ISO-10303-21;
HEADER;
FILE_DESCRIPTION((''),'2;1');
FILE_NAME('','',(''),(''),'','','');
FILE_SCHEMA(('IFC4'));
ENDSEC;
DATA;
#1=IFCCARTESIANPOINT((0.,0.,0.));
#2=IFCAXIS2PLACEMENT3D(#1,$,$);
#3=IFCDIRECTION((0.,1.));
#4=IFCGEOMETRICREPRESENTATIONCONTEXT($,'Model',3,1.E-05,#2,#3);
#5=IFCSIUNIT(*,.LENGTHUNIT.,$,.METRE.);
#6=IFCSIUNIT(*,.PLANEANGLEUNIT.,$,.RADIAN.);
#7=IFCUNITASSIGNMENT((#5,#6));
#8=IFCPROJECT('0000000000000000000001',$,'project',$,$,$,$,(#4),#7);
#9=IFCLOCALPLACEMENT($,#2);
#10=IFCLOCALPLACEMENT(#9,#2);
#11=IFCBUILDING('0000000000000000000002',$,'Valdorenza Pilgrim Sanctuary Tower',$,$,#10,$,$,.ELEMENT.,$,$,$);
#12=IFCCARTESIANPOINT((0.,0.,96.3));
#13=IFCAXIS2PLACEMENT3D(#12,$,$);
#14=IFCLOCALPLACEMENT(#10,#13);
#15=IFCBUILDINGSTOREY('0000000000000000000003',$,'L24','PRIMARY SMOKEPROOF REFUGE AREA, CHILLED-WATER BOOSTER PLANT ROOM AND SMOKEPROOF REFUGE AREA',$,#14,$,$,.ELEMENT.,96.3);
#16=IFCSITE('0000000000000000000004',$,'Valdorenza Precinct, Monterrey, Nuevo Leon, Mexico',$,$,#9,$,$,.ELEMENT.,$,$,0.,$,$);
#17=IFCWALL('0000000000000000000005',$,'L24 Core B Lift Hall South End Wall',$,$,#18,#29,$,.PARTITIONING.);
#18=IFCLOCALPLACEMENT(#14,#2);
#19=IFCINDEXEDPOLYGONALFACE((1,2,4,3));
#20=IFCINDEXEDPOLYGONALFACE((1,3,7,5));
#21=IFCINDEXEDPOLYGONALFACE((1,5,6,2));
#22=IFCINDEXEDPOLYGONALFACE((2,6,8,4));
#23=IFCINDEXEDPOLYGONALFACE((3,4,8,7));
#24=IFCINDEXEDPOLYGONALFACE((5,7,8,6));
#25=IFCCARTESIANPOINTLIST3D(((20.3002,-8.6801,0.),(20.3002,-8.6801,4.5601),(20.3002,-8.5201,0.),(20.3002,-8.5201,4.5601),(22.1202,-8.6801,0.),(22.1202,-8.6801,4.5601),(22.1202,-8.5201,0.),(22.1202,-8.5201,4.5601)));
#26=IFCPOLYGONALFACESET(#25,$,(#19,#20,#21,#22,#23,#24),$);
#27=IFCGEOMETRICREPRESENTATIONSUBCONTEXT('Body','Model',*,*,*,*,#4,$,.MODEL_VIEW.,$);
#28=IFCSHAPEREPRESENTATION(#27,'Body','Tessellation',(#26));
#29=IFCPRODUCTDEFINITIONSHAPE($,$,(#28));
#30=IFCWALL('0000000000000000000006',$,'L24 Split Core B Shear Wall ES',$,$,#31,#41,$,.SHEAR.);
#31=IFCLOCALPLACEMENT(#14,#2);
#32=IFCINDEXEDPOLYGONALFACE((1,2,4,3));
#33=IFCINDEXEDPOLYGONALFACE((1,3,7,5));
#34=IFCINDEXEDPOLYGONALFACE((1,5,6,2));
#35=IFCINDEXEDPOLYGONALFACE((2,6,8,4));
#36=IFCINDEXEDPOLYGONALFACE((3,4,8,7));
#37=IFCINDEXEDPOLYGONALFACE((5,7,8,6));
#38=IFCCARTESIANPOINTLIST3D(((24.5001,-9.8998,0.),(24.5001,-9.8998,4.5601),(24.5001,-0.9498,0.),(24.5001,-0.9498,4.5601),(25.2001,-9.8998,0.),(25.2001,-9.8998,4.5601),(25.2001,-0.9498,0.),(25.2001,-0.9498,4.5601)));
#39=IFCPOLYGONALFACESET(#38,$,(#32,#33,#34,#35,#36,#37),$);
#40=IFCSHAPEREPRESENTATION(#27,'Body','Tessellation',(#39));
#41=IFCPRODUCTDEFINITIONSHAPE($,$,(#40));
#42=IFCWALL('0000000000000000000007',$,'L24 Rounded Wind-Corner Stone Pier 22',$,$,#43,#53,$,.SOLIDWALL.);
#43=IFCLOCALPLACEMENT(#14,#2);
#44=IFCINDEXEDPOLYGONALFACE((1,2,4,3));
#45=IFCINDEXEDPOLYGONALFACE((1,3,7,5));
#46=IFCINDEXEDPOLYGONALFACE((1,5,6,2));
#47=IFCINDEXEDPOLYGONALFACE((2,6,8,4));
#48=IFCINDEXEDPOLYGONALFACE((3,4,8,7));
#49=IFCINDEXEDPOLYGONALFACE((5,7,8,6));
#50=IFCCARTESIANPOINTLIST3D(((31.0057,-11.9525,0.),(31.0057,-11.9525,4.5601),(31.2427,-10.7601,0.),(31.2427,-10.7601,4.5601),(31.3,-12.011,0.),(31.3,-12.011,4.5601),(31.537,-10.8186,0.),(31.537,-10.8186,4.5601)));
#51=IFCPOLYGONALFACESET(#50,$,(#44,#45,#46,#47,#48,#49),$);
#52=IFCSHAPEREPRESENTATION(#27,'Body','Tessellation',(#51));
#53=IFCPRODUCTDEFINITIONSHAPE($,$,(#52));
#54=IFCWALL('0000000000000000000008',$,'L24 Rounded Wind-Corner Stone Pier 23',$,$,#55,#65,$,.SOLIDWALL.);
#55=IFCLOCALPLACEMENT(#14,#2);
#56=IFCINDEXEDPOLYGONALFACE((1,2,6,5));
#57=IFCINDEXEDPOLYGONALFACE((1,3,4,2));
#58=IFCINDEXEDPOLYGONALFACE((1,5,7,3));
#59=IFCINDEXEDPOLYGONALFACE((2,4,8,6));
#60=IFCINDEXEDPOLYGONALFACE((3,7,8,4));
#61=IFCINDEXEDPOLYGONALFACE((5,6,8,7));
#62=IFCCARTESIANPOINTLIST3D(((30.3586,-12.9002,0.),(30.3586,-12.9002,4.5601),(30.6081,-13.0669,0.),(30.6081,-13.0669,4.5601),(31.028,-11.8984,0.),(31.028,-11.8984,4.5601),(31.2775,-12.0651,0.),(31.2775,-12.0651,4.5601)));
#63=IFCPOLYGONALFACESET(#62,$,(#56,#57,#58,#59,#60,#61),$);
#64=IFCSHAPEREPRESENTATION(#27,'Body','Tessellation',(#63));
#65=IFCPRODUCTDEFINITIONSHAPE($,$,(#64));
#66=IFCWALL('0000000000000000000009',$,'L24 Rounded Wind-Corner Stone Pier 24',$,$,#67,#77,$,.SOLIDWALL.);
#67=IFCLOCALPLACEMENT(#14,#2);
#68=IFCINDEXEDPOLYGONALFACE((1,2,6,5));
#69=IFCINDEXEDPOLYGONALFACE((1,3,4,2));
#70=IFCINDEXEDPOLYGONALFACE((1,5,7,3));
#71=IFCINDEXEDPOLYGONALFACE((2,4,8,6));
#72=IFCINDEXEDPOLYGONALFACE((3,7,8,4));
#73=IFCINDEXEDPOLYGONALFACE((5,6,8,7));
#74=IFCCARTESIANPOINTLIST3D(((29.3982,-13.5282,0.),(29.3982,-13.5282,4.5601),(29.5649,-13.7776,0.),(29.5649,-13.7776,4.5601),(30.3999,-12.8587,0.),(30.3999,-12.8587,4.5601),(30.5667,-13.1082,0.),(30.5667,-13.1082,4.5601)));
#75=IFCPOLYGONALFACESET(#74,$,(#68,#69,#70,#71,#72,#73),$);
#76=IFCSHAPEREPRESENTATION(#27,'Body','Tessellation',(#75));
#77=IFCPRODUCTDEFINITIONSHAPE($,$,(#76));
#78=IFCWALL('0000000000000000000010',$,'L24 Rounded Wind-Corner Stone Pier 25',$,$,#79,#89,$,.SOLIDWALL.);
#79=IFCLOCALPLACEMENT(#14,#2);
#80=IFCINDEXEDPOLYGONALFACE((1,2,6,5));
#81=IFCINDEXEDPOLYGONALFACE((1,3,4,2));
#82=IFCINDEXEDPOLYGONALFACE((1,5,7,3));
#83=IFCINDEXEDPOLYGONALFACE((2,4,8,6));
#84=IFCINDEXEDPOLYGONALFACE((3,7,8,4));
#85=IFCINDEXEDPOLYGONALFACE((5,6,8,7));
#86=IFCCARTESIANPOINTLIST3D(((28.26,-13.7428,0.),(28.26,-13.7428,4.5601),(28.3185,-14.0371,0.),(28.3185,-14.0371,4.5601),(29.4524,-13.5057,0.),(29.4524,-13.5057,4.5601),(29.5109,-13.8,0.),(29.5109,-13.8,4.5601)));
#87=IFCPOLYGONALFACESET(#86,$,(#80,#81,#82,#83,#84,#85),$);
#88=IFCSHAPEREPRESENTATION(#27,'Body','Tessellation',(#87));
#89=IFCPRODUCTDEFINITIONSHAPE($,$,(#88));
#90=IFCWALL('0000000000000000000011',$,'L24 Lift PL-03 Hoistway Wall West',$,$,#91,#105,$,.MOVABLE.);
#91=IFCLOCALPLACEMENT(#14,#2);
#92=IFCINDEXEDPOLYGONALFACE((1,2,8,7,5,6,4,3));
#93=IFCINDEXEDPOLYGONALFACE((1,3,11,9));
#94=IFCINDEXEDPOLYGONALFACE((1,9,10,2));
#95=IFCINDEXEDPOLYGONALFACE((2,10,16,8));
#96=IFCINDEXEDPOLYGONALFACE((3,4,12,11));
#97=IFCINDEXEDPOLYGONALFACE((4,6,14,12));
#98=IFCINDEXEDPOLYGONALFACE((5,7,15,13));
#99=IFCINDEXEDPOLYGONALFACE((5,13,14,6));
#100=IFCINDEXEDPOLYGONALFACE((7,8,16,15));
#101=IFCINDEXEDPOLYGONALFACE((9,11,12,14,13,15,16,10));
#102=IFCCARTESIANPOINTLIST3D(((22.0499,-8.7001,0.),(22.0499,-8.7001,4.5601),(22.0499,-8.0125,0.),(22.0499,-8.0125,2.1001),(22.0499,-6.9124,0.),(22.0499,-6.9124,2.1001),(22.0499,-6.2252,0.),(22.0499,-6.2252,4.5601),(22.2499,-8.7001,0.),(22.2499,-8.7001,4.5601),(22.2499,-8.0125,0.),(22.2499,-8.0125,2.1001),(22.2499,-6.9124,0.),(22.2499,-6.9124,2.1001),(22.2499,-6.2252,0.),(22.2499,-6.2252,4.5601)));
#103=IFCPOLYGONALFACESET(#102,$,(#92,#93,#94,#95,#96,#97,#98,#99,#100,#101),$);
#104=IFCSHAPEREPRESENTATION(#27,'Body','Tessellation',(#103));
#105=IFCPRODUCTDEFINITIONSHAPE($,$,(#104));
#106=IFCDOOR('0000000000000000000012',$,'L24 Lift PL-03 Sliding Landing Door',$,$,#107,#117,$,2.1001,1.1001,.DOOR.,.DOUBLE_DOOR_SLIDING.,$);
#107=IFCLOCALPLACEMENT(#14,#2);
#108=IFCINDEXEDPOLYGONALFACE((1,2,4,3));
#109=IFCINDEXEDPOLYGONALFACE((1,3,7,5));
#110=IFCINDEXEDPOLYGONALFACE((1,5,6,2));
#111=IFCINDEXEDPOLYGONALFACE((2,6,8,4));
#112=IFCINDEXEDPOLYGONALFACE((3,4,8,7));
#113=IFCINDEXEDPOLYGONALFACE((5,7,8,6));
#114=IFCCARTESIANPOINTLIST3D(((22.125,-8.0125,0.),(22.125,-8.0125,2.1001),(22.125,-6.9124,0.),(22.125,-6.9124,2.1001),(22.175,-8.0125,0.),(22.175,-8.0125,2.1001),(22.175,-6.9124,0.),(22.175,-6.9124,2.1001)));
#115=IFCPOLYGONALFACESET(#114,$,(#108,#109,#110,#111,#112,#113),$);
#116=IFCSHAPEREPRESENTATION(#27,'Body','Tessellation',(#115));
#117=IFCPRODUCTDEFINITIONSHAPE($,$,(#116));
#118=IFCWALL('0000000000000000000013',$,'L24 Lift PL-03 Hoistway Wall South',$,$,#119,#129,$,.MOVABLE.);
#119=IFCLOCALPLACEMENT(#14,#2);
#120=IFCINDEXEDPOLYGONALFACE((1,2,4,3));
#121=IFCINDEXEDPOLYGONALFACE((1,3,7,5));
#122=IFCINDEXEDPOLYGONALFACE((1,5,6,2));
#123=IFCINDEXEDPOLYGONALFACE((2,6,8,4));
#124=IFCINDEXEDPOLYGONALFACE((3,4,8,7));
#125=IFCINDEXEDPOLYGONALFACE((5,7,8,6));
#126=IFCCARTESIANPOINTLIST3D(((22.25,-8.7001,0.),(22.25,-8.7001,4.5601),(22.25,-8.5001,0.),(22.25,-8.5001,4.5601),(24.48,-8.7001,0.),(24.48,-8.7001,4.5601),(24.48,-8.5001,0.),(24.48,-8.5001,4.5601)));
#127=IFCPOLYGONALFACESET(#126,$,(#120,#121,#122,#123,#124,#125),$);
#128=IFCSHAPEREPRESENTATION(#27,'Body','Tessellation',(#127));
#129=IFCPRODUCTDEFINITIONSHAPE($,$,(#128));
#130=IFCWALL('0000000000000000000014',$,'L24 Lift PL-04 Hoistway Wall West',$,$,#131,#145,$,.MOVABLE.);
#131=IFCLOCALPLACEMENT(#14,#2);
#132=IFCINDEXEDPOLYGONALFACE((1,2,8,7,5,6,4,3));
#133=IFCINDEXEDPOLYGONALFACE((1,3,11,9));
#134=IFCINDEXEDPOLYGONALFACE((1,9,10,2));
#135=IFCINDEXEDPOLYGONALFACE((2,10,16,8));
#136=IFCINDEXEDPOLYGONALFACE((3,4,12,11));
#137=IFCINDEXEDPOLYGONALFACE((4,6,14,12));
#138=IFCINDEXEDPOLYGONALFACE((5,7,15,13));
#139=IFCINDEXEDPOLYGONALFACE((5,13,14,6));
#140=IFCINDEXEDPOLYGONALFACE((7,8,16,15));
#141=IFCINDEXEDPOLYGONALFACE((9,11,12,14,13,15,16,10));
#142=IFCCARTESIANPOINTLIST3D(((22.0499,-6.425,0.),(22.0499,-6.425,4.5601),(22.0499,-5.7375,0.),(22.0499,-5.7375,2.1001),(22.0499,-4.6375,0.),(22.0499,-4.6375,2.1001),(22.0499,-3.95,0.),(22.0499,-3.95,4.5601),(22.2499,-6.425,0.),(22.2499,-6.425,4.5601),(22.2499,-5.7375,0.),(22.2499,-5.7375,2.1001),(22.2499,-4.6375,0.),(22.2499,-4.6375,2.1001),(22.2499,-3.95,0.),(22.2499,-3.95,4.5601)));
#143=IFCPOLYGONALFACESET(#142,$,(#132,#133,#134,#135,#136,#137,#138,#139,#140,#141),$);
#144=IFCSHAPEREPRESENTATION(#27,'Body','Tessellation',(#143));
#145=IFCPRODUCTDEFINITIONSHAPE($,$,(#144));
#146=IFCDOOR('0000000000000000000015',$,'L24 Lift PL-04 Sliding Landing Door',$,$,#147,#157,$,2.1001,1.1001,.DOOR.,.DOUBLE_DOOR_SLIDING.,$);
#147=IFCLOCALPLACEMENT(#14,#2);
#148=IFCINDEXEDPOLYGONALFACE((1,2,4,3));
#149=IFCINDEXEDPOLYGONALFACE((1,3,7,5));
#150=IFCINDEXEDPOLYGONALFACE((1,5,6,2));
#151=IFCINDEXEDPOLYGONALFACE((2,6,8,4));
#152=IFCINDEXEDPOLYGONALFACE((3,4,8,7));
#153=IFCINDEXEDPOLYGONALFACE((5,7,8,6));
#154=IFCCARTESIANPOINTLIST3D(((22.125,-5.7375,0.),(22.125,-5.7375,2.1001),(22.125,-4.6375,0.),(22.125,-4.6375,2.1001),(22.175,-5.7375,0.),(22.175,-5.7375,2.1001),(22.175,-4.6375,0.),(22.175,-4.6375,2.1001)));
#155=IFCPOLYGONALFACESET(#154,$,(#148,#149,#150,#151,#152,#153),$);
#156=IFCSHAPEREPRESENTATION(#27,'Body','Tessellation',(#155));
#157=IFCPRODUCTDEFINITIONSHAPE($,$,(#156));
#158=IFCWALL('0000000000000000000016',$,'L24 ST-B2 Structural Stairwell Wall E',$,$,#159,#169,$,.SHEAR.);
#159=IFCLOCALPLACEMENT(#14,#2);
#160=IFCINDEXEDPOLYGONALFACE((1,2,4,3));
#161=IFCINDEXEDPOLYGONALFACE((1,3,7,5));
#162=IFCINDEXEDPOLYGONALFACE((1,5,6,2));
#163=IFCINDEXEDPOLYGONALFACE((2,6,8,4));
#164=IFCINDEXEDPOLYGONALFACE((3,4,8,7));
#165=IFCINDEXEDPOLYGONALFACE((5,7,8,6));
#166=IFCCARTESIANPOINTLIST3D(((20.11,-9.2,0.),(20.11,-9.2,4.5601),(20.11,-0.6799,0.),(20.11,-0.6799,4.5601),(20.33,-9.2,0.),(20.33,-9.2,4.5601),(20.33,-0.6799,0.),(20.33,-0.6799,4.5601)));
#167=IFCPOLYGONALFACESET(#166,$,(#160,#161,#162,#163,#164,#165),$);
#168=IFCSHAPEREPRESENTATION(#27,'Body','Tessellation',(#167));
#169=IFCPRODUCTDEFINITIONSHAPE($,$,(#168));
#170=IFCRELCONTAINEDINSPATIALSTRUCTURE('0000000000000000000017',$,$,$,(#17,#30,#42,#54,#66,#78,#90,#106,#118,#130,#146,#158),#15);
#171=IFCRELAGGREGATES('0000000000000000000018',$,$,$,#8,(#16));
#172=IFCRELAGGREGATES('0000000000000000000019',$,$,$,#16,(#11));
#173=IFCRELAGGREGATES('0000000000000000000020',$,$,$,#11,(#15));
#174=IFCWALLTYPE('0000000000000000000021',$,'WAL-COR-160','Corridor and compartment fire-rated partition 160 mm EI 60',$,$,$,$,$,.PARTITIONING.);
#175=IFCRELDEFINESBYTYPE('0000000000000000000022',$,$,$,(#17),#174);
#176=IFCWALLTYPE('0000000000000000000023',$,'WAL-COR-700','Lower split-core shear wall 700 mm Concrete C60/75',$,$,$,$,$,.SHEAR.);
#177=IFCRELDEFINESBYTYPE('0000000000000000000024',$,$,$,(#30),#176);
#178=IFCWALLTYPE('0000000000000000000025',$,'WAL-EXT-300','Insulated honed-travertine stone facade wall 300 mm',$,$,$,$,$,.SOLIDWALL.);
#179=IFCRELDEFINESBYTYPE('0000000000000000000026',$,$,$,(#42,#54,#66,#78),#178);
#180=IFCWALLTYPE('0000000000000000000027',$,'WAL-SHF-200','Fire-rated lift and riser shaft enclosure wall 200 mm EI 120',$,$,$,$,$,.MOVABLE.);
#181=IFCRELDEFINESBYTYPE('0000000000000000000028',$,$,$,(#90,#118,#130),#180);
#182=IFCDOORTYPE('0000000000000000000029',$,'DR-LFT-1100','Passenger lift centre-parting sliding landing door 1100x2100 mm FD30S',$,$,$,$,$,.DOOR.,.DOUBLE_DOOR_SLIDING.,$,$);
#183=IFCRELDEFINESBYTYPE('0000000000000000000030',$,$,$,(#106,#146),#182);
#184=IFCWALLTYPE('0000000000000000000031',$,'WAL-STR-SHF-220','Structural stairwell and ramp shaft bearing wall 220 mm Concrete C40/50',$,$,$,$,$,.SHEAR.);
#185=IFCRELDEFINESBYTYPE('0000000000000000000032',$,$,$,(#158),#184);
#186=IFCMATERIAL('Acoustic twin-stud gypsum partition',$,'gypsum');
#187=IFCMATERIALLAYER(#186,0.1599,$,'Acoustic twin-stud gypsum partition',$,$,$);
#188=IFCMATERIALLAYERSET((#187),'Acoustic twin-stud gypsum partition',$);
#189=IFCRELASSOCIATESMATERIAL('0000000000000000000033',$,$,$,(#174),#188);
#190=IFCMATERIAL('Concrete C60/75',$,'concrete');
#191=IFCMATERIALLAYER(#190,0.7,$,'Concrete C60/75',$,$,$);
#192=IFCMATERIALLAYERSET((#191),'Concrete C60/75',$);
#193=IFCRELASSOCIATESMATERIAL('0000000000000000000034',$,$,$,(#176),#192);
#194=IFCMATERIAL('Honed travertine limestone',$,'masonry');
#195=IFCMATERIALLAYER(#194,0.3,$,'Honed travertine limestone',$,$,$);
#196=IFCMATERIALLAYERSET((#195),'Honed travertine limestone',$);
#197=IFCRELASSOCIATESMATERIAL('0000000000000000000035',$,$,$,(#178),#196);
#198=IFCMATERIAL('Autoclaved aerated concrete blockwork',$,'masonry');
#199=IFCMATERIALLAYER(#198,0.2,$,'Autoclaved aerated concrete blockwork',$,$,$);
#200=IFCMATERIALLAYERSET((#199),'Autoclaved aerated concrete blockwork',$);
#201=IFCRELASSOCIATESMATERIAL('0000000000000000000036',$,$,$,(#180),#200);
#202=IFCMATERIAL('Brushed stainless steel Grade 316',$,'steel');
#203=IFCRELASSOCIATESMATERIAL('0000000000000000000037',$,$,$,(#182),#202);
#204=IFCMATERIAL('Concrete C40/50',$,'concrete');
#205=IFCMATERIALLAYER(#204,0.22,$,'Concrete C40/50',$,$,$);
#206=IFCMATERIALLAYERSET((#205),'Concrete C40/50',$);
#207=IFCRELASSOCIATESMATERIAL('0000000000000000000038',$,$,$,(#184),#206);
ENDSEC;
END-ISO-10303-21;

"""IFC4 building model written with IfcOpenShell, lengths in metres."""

from ifc_helpers import new_model, si_unit, direction, frame, frame_2d, origin, place, context, subcontext, project, spatial, rectangle, extrude, material, layer, layer_set, type_object, element, fill, save


model = new_model("IFC4")

# Units and contexts
model_context = context("Model", 3, precision=1e-05, world=origin(), true_north=direction((0.0, 1.0)))
body_context = subcontext(model_context, "Body", "Model", "MODEL_VIEW")
ifc_project = project(units=[si_unit("LENGTHUNIT", "METRE"), si_unit("PLANEANGLEUNIT", "RADIAN")], contexts=[model_context])

# Site, building, storey
site_placement = place(None, origin())
site = spatial("IfcSite", under=ifc_project, at=site_placement, Name="Valdorenza Precinct, Monterrey, Nuevo Leon, Mexico", CompositionType="ELEMENT", RefElevation=0.0)
building_placement = place(site_placement, origin())
building = spatial("IfcBuilding", under=site, at=building_placement, Name="Valdorenza Pilgrim Sanctuary Tower", CompositionType="ELEMENT")
storey_placement = place(building_placement, frame((0.0, 0.0, 96.3)))
storey = spatial("IfcBuildingStorey", under=building, at=storey_placement, Name="L24", Description="PRIMARY SMOKEPROOF REFUGE AREA, CHILLED-WATER BOOSTER PLANT ROOM AND SMOKEPROOF REFUGE AREA", CompositionType="ELEMENT", Elevation=96.3)

# Shared definitions
ifc_material_1 = material(Name="Concrete C60/75", Category="concrete")

# Shared definitions
ifc_material_2 = material(Name="Honed travertine limestone", Category="masonry")

# Walls
ifc_material_3 = material(Name="Acoustic twin-stud gypsum partition", Category="gypsum")
ifc_layer_1 = layer(ifc_material_3, 0.1599, Name="Acoustic twin-stud gypsum partition")
ifc_layer_set_1 = layer_set([ifc_layer_1], Name="Acoustic twin-stud gypsum partition")
wall_type_1 = type_object("IfcWallType", Name="WAL-COR-160", Description="Corridor and compartment fire-rated partition 160 mm EI 60", PredefinedType="PARTITIONING", material=ifc_layer_set_1)
wall_1_placement = place(storey_placement, frame((20.3, -8.6001, 0.0), z_axis=(0.0, 0.0, 1.0), x_axis=(1.0, 0.0, 0.0)))
element("IfcWall", 1, at=wall_1_placement, inside=storey, type_object=wall_type_1, Name="L24 Core B Lift Hall South End Wall", PredefinedType="PARTITIONING", context=body_context, shape_type="SweptSolid", body=[
    extrude(rectangle(XDim=1.8201, YDim=0.1599, at=frame_2d((0.9102, 0.0))), origin(), (0.0, 0.0, 1.0), 4.5601),
])
ifc_layer_2 = layer(ifc_material_1, 0.7, Name="Concrete C60/75")
ifc_layer_set_2 = layer_set([ifc_layer_2], Name="Concrete C60/75")
wall_type_2 = type_object("IfcWallType", Name="WAL-COR-700", Description="Lower split-core shear wall 700 mm Concrete C60/75", PredefinedType="SHEAR", material=ifc_layer_set_2)
wall_2_placement = place(storey_placement, frame((24.8501, -9.8999, 0.0), z_axis=(0.0, 0.0, 1.0), x_axis=(0.0, 1.0, 0.0)))
element("IfcWall", 2, at=wall_2_placement, inside=storey, type_object=wall_type_2, Name="L24 Split Core B Shear Wall ES", PredefinedType="SHEAR", context=body_context, shape_type="SweptSolid", body=[
    extrude(rectangle(XDim=8.95, YDim=0.7, at=frame_2d((4.4751, 0.0))), origin(), (0.0, 0.0, 1.0), 4.5601),
])
ifc_layer_3 = layer(ifc_material_2, 0.3, Name="Honed travertine limestone")
ifc_layer_set_3 = layer_set([ifc_layer_3], Name="Honed travertine limestone")
wall_type_3 = type_object("IfcWallType", Name="WAL-EXT-300", Description="Insulated honed-travertine stone facade wall 300 mm", PredefinedType="SOLIDWALL", material=ifc_layer_set_3)
wall_3_placement = place(storey_placement, frame((31.3899, -10.7893, 0.0), z_axis=(0.0, 0.0, 1.0), x_axis=(-0.194996, -0.980804, 0.0)))
element("IfcWall", 3, at=wall_3_placement, inside=storey, type_object=wall_type_3, Name="L24 Rounded Wind-Corner Stone Pier 22", PredefinedType="SOLIDWALL", context=body_context, shape_type="SweptSolid", body=[
    extrude(rectangle(XDim=1.2158, YDim=0.3, at=frame_2d((0.6079, 0.0))), origin(), (0.0, 0.0, 1.0), 4.5601),
])
for number, where, z_axis, x_axis, name in (
    (4, (31.1528, -11.9817, 0.0), (0.0, 0.0, 1.0), (-0.555635, -0.831426, 0.0), "L24 Rounded Wind-Corner Stone Pier 23"),
    (5, (30.4834, -12.9834, 0.0), (0.0, 0.0, 1.0), (-0.831426, -0.555635, 0.0), "L24 Rounded Wind-Corner Stone Pier 24"),
):
    element("IfcWall", number, at=place(storey_placement, frame(where, z_axis=z_axis, x_axis=x_axis)), inside=storey, type_object=wall_type_3, Name=name, PredefinedType="SOLIDWALL", context=body_context, shape_type="SweptSolid", body=[
        extrude(rectangle(XDim=1.2048, YDim=0.3, at=frame_2d((0.6025, 0.0))), origin(), (0.0, 0.0, 1.0), 4.5601),
    ])
wall_4_placement = place(storey_placement, frame((29.4817, -13.6528, 0.0), z_axis=(0.0, 0.0, 1.0), x_axis=(-0.980804, -0.194996, 0.0)))
element("IfcWall", 6, at=wall_4_placement, inside=storey, type_object=wall_type_3, Name="L24 Rounded Wind-Corner Stone Pier 25", PredefinedType="SOLIDWALL", context=body_context, shape_type="SweptSolid", body=[
    extrude(rectangle(XDim=1.2158, YDim=0.3, at=frame_2d((0.6079, 0.0))), origin(), (0.0, 0.0, 1.0), 4.5601),
])

# Wall, opening, door
ifc_material_4 = material(Name="Autoclaved aerated concrete blockwork", Category="masonry")
ifc_layer_4 = layer(ifc_material_4, 0.2, Name="Autoclaved aerated concrete blockwork")
ifc_layer_set_4 = layer_set([ifc_layer_4], Name="Autoclaved aerated concrete blockwork")
wall_type_4 = type_object("IfcWallType", Name="WAL-SHF-200", Description="Fire-rated lift and riser shaft enclosure wall 200 mm EI 120", PredefinedType="MOVABLE", material=ifc_layer_set_4)
wall_5_placement = place(storey_placement, frame((22.1499, -8.7, 0.0), z_axis=(0.0, 0.0, 1.0), x_axis=(0.0, 1.0, 0.0)))
wall_5 = element("IfcWall", 7, at=wall_5_placement, inside=storey, type_object=wall_type_4, Name="L24 Lift PL-03 Hoistway Wall West", PredefinedType="MOVABLE", context=body_context, shape_type="SweptSolid", body=[
    extrude(rectangle(XDim=2.4749, YDim=0.2, at=frame_2d((1.2373, 0.0))), origin(), (0.0, 0.0, 1.0), 4.5601),
])
opening_1_placement = place(wall_5_placement, frame((0.6875, 0.0, 0.0)))
opening_1 = element("IfcOpeningElement", 8, at=opening_1_placement, cuts=wall_5, PredefinedType="OPENING", context=body_context, shape_type="SweptSolid", body=[
    extrude(rectangle(XDim=1.1001, YDim=2.1001, at=frame_2d((0.55, 1.05))), frame((0.0, 0.1147, 0.0), z_axis=(0.0, -1.0, 0.0), x_axis=(1.0, 0.0, 0.0)), (0.0, 0.0, 1.0), 0.2297),
])
ifc_material_5 = material(Name="Brushed stainless steel Grade 316", Category="steel")
door_type = type_object("IfcDoorType", Name="DR-LFT-1100", Description="Passenger lift centre-parting sliding landing door 1100x2100 mm FD30S", OperationType="DOUBLE_DOOR_SLIDING", PredefinedType="DOOR", material=ifc_material_5)
door_1_placement = place(opening_1_placement, origin())
door_1 = element("IfcDoor", 9, at=door_1_placement, inside=storey, type_object=door_type, Name="L24 Lift PL-03 Sliding Landing Door", OperationType="DOUBLE_DOOR_SLIDING", OverallHeight=2.1001, OverallWidth=1.1001, PredefinedType="DOOR", context=body_context, shape_type="SweptSolid", body=[
    extrude(rectangle(XDim=1.1001, YDim=2.1001, at=frame_2d((0.55, 1.05))), frame((0.0, 0.0249, 0.0), z_axis=(0.0, -1.0, 0.0), x_axis=(1.0, 0.0, 0.0)), (0.0, 0.0, 1.0), 0.05),
])
fill(opening_1, door_1)

# Wall
wall_6_placement = place(storey_placement, frame((22.25, -8.6001, 0.0), z_axis=(0.0, 0.0, 1.0), x_axis=(1.0, 0.0, 0.0)))
element("IfcWall", 10, at=wall_6_placement, inside=storey, type_object=wall_type_4, Name="L24 Lift PL-03 Hoistway Wall South", PredefinedType="MOVABLE", context=body_context, shape_type="SweptSolid", body=[
    extrude(rectangle(XDim=2.23, YDim=0.2, at=frame_2d((1.115, 0.0))), origin(), (0.0, 0.0, 1.0), 4.5601),
])

# Wall, opening, door
wall_7_placement = place(storey_placement, frame((22.1499, -6.425, 0.0), z_axis=(0.0, 0.0, 1.0), x_axis=(0.0, 1.0, 0.0)))
wall_7 = element("IfcWall", 11, at=wall_7_placement, inside=storey, type_object=wall_type_4, Name="L24 Lift PL-04 Hoistway Wall West", PredefinedType="MOVABLE", context=body_context, shape_type="SweptSolid", body=[
    extrude(rectangle(XDim=2.4751, YDim=0.2, at=frame_2d((1.2375, 0.0))), origin(), (0.0, 0.0, 1.0), 4.5601),
])
opening_2_placement = place(wall_7_placement, frame((0.6875, 0.0, 0.0)))
opening_2 = element("IfcOpeningElement", 12, at=opening_2_placement, cuts=wall_7, PredefinedType="OPENING", context=body_context, shape_type="SweptSolid", body=[
    extrude(rectangle(XDim=1.1001, YDim=2.1001, at=frame_2d((0.55, 1.05))), frame((0.0, 0.1147, 0.0), z_axis=(0.0, -1.0, 0.0), x_axis=(1.0, 0.0, 0.0)), (0.0, 0.0, 1.0), 0.2297),
])
door_2_placement = place(opening_2_placement, origin())
door_2 = element("IfcDoor", 13, at=door_2_placement, inside=storey, type_object=door_type, Name="L24 Lift PL-04 Sliding Landing Door", OperationType="DOUBLE_DOOR_SLIDING", OverallHeight=2.1001, OverallWidth=1.1001, PredefinedType="DOOR", context=body_context, shape_type="SweptSolid", body=[
    extrude(rectangle(XDim=1.1001, YDim=2.1001, at=frame_2d((0.55, 1.05))), frame((0.0, 0.0249, 0.0), z_axis=(0.0, -1.0, 0.0), x_axis=(1.0, 0.0, 0.0)), (0.0, 0.0, 1.0), 0.05),
])
fill(opening_2, door_2)

# Wall
ifc_material_6 = material(Name="Concrete C40/50", Category="concrete")
ifc_layer_5 = layer(ifc_material_6, 0.22, Name="Concrete C40/50")
ifc_layer_set_5 = layer_set([ifc_layer_5], Name="Concrete C40/50")
wall_type_5 = type_object("IfcWallType", Name="WAL-STR-SHF-220", Description="Structural stairwell and ramp shaft bearing wall 220 mm Concrete C40/50", PredefinedType="SHEAR", material=ifc_layer_set_5)
wall_8_placement = place(storey_placement, frame((20.22, -9.2, 0.0), z_axis=(0.0, 0.0, 1.0), x_axis=(0.0, 1.0, 0.0)))
element("IfcWall", 14, at=wall_8_placement, inside=storey, type_object=wall_type_5, Name="L24 ST-B2 Structural Stairwell Wall E", PredefinedType="SHEAR", context=body_context, shape_type="SweptSolid", body=[
    extrude(rectangle(XDim=8.52, YDim=0.22, at=frame_2d((4.26, 0.0))), origin(), (0.0, 0.0, 1.0), 4.5601),
])

save(model, "model.ifc")
